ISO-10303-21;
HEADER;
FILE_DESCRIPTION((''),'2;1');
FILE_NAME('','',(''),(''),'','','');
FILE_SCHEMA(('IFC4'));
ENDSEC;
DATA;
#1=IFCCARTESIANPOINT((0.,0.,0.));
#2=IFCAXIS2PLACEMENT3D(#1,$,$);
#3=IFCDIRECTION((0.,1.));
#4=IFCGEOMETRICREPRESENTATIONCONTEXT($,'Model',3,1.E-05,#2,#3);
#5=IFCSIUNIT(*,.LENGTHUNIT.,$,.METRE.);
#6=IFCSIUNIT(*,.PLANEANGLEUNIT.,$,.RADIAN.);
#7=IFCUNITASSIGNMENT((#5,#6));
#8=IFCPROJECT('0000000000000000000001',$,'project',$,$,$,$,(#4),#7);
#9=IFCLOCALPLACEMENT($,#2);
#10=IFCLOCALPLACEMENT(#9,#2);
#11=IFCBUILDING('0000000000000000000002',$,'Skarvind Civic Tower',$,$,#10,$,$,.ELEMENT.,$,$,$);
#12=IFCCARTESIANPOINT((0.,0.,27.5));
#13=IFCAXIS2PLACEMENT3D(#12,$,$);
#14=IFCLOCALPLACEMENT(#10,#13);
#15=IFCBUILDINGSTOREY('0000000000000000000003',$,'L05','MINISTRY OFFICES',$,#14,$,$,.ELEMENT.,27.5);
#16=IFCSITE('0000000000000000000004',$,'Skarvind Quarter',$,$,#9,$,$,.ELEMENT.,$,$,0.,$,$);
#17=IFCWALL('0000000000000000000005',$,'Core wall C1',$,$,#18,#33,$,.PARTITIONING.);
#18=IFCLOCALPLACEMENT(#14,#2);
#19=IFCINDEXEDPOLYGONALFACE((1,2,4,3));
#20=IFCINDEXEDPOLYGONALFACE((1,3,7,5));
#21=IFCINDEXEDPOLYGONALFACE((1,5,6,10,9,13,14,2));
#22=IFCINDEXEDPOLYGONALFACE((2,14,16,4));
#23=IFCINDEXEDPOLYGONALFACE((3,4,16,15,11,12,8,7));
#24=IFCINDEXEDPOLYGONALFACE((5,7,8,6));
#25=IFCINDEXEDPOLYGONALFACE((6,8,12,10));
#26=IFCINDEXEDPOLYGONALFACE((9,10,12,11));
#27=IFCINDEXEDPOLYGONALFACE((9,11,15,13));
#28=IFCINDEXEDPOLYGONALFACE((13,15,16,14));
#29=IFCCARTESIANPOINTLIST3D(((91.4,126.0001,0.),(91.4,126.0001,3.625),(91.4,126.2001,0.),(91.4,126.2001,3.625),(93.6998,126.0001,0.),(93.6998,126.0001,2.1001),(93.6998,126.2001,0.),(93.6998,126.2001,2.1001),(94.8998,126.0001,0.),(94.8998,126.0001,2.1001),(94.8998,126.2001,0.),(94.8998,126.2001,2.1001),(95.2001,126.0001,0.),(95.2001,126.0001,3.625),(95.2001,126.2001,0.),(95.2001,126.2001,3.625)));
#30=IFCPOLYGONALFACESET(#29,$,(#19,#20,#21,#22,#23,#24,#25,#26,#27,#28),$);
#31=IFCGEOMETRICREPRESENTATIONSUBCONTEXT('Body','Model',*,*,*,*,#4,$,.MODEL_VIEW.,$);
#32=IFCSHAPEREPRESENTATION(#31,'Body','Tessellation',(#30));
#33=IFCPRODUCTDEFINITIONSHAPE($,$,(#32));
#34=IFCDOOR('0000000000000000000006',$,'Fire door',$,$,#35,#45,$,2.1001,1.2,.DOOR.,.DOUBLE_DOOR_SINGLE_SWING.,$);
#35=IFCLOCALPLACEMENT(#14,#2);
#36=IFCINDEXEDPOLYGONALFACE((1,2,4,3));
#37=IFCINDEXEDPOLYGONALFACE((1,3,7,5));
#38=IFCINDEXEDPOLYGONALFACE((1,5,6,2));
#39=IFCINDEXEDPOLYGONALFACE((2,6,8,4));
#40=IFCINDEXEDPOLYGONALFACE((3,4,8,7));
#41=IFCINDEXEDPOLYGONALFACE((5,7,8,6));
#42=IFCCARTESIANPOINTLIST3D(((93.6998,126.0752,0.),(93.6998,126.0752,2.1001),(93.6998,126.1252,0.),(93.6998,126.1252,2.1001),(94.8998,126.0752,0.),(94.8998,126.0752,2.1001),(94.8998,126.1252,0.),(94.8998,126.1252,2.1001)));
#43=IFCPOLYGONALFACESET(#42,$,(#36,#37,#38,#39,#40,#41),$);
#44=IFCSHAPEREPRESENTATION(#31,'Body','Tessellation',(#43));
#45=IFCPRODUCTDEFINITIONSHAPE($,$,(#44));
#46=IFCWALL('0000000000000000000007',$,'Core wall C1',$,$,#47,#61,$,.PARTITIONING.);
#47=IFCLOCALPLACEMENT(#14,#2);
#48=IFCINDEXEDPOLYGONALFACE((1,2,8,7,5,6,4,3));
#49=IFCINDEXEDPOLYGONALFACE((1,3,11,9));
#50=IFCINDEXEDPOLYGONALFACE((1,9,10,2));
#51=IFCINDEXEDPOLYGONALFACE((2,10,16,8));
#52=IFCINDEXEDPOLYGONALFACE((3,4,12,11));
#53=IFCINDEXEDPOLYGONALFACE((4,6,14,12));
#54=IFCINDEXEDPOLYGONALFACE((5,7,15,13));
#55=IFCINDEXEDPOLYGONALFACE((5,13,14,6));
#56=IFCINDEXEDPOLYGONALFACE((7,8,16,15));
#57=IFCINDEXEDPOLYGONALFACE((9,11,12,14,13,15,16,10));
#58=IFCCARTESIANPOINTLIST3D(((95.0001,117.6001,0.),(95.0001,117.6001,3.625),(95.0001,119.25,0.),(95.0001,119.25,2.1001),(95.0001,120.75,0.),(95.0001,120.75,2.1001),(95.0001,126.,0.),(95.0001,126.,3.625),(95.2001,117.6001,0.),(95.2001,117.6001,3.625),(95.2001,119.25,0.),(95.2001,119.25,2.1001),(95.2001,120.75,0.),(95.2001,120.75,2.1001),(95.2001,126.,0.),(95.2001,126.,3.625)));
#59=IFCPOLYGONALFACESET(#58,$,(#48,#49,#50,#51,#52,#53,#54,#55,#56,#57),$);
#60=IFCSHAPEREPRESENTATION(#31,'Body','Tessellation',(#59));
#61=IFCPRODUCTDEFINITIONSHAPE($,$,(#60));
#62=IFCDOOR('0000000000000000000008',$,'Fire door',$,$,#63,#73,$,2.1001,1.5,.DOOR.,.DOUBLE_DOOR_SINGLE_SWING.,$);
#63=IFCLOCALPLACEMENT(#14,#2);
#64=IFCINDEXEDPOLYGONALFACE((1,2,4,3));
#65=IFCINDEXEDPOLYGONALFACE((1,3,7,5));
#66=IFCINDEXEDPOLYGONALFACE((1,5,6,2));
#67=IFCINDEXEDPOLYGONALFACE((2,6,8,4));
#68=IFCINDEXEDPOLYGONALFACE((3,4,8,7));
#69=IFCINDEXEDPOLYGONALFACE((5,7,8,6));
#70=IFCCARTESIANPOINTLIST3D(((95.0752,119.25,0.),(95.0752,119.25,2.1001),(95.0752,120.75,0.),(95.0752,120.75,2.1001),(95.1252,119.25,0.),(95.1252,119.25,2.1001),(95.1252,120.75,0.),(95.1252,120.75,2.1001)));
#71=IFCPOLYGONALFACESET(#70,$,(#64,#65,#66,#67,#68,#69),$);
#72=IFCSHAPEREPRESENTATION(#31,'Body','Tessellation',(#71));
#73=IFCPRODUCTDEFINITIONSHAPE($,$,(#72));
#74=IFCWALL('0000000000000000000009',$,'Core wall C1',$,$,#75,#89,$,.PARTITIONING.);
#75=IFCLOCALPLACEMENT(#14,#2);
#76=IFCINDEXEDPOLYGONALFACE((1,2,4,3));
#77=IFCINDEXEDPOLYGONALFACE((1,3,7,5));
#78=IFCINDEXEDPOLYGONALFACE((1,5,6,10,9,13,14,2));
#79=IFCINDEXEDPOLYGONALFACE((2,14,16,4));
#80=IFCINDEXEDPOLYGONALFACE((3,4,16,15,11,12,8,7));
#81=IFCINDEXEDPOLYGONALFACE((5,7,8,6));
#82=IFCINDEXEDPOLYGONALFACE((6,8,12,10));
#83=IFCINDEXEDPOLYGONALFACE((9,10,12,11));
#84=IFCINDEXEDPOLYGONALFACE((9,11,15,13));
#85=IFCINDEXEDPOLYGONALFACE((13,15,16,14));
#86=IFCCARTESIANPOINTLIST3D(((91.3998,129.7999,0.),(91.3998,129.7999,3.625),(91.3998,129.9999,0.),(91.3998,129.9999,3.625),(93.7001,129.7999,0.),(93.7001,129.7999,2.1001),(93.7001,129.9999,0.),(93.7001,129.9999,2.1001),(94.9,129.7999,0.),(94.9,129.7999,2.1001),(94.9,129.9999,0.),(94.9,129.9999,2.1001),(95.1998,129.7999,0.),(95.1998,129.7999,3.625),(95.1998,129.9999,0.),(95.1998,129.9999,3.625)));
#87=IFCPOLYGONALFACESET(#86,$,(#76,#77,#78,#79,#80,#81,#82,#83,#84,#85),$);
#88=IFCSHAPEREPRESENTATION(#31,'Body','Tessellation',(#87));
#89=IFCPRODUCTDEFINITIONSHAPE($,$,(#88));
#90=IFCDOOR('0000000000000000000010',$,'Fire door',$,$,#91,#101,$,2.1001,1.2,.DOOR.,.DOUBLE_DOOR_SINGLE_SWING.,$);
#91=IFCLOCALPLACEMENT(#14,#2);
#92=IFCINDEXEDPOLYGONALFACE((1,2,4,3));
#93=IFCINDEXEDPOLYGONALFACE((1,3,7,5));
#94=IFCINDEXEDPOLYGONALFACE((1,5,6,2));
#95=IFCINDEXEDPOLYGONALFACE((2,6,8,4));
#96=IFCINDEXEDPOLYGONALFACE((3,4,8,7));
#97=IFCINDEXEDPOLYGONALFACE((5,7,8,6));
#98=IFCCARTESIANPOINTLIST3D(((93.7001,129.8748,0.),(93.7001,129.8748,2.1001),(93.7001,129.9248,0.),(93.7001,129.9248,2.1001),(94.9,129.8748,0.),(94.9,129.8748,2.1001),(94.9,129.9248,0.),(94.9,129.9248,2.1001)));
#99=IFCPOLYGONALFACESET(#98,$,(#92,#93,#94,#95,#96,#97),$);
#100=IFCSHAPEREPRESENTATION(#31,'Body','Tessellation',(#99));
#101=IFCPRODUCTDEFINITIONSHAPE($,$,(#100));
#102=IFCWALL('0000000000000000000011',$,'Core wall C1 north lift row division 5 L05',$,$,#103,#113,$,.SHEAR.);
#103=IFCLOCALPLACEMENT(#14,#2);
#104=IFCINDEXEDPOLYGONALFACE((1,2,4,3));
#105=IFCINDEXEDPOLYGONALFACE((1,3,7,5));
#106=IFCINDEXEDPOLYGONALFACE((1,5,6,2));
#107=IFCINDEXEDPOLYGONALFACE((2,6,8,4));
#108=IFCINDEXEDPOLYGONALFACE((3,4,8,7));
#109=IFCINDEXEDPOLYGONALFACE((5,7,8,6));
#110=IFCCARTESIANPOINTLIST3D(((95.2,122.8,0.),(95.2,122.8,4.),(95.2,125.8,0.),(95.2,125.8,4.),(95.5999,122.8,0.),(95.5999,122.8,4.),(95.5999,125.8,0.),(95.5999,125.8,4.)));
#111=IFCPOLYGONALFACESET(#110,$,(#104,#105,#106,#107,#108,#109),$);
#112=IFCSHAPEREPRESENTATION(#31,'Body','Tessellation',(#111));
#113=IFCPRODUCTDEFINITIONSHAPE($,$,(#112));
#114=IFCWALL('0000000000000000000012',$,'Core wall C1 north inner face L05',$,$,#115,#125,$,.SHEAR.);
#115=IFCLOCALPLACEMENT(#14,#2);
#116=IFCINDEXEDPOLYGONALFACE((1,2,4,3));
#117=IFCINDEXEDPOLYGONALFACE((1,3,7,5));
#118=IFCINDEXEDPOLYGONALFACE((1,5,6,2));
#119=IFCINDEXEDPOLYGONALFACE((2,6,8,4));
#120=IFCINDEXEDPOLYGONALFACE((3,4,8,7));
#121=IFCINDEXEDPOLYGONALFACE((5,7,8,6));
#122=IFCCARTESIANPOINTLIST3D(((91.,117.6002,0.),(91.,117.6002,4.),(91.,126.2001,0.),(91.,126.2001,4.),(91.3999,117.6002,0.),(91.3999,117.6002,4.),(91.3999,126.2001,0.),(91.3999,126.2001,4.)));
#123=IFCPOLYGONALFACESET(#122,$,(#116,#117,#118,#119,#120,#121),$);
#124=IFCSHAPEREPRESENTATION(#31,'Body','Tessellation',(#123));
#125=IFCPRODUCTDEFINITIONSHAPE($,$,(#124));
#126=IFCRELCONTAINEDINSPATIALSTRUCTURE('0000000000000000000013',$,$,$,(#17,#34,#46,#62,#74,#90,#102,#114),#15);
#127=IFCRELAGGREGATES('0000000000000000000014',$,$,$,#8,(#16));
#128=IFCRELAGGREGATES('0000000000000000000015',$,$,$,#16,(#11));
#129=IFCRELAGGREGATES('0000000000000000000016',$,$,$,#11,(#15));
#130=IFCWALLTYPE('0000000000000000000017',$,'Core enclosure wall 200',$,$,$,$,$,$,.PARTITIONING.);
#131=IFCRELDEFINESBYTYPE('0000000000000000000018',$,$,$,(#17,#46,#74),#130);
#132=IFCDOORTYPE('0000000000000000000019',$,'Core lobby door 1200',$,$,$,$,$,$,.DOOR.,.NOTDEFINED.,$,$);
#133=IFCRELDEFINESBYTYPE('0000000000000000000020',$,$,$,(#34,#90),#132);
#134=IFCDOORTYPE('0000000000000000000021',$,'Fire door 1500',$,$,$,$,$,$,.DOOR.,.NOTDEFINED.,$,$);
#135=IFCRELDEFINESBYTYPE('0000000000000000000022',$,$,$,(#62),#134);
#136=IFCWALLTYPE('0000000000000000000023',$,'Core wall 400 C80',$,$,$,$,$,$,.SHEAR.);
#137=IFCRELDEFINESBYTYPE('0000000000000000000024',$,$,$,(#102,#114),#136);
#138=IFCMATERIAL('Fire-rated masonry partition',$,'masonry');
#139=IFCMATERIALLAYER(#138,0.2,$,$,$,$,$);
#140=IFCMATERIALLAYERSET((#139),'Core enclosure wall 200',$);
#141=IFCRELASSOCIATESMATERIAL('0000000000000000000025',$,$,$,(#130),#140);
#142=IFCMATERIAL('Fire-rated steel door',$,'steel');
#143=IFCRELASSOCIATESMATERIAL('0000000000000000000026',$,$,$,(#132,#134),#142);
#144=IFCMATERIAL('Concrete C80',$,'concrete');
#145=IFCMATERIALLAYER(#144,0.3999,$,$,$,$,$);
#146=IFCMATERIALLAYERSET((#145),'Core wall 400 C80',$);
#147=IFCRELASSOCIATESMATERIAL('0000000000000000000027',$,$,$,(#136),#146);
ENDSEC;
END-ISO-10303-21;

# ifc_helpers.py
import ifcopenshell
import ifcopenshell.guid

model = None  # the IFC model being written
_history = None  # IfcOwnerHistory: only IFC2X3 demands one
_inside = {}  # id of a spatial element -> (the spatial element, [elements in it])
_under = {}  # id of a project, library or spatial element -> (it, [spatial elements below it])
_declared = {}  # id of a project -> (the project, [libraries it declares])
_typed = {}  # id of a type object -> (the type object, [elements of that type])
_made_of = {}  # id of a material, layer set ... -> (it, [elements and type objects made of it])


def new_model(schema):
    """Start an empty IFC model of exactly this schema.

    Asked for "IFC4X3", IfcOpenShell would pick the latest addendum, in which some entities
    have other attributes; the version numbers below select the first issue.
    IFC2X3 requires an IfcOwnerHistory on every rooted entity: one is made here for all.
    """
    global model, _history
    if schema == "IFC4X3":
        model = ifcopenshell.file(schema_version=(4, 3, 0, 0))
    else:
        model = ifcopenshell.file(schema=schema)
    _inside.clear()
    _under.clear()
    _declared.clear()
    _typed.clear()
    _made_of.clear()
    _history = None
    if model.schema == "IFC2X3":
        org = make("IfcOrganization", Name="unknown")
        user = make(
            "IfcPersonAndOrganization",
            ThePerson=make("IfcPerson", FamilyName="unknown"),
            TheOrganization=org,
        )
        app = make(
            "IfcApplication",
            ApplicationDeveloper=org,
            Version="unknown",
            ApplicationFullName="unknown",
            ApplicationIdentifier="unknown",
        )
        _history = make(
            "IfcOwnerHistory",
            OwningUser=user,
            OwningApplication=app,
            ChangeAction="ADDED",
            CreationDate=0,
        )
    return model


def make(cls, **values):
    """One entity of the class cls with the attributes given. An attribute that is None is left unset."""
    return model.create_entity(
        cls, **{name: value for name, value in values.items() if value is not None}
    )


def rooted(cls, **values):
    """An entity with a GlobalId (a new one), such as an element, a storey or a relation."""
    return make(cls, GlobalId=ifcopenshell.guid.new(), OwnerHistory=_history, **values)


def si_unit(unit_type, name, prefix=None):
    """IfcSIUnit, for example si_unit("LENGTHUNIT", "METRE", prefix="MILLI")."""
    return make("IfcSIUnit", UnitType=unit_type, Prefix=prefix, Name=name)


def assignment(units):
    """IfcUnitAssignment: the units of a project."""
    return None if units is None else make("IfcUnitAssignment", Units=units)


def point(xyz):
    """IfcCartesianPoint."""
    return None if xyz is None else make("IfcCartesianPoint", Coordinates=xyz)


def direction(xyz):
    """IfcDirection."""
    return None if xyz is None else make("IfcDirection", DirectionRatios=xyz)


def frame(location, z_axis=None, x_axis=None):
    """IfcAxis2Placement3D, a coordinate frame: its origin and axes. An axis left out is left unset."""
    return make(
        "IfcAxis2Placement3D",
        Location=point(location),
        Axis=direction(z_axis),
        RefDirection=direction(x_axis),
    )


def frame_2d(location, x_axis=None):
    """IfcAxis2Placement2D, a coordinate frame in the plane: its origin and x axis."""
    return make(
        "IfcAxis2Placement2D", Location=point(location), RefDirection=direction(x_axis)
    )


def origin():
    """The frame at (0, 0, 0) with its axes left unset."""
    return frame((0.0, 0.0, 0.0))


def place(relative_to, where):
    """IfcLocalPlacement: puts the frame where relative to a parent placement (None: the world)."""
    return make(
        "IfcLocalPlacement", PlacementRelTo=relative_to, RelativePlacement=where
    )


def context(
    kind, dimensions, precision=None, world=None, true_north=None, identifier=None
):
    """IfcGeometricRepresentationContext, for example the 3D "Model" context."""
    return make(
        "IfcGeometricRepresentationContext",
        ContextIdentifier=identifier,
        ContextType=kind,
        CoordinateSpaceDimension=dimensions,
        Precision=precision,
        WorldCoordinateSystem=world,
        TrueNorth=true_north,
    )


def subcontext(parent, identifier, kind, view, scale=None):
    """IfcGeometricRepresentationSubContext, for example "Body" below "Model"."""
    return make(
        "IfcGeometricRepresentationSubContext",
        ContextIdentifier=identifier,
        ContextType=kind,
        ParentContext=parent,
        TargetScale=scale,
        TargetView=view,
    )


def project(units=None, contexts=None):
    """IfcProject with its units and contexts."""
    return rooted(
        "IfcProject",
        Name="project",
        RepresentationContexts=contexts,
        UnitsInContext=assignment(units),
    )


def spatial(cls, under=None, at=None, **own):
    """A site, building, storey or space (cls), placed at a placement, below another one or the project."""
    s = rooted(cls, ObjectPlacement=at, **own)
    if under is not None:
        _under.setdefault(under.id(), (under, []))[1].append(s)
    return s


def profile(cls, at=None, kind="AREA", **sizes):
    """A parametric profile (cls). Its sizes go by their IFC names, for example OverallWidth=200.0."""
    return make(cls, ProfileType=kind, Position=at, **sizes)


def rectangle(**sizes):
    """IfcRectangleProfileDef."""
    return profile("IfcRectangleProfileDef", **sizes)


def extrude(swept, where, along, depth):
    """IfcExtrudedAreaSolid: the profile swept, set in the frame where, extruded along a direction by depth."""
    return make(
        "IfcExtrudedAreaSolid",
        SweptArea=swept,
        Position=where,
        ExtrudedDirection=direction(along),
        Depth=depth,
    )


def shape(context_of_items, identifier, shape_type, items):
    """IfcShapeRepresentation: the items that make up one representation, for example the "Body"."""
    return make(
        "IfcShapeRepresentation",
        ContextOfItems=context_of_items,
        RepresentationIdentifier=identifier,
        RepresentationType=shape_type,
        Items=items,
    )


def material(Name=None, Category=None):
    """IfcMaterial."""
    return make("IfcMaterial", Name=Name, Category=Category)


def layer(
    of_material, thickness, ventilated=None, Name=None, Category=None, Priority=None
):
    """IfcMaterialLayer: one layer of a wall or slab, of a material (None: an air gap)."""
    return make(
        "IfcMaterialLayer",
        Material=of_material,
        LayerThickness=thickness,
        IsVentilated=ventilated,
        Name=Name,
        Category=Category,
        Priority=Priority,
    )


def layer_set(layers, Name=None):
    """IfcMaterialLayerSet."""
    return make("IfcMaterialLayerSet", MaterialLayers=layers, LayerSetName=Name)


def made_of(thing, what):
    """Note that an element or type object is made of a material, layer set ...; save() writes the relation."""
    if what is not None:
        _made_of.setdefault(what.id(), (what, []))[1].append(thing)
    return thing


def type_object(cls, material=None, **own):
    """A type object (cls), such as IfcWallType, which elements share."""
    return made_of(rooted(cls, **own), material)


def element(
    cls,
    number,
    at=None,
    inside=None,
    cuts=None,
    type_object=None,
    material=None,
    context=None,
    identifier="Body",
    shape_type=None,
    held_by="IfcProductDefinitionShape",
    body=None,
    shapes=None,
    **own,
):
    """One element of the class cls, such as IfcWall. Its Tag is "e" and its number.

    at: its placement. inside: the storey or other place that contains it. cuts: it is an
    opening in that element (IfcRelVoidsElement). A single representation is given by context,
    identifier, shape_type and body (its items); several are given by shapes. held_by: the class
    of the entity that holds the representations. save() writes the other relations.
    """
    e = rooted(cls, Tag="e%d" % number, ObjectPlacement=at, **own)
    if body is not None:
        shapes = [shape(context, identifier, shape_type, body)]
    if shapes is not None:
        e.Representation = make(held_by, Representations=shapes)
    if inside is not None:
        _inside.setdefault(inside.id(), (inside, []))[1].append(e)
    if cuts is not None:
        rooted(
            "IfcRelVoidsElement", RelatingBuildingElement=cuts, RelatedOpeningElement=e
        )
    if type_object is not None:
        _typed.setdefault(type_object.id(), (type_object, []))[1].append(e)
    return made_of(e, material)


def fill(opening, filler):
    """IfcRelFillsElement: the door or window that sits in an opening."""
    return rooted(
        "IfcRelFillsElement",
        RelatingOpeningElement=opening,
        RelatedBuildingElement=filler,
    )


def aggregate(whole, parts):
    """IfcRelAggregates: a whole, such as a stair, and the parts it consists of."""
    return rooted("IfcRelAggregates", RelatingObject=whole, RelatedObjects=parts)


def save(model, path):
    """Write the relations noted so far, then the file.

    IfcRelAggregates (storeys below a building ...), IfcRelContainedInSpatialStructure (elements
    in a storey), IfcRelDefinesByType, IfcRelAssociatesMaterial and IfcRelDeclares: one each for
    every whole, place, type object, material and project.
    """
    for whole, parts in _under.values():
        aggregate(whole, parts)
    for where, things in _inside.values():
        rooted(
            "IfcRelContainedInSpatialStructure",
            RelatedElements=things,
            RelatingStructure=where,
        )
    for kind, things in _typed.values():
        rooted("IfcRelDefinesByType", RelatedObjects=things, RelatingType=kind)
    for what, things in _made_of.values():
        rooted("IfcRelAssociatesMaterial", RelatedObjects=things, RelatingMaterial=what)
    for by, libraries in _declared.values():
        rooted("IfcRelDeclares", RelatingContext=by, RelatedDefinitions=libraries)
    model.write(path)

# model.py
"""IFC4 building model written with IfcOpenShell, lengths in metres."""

from ifc_helpers import new_model, si_unit, direction, frame, frame_2d, origin, place, context, subcontext, project, spatial, rectangle, extrude, material, layer, layer_set, type_object, element, fill, save


model = new_model("IFC4")

# Units and contexts
model_context = context("Model", 3, precision=1e-05, world=origin(), true_north=direction((0.0, 1.0)))
body_context = subcontext(model_context, "Body", "Model", "MODEL_VIEW")
ifc_project = project(units=[si_unit("LENGTHUNIT", "METRE"), si_unit("PLANEANGLEUNIT", "RADIAN")], contexts=[model_context])

# Site, building, storey
site_placement = place(None, origin())
site = spatial("IfcSite", under=ifc_project, at=site_placement, Name="Skarvind Quarter", CompositionType="ELEMENT", RefElevation=0.0)
building_placement = place(site_placement, origin())
building = spatial("IfcBuilding", under=site, at=building_placement, Name="Skarvind Civic Tower", CompositionType="ELEMENT")
storey_placement = place(building_placement, frame((0.0, 0.0, 27.5)))
storey = spatial("IfcBuildingStorey", under=building, at=storey_placement, Name="L05", Description="MINISTRY OFFICES", CompositionType="ELEMENT", Elevation=27.5)

# Walls, openings, doors
ifc_material_1 = material(Name="Fire-rated masonry partition", Category="masonry")
ifc_layer_1 = layer(ifc_material_1, 0.2)
ifc_layer_set_1 = layer_set([ifc_layer_1], Name="Core enclosure wall 200")
wall_type_1 = type_object("IfcWallType", Name="Core enclosure wall 200", PredefinedType="PARTITIONING", material=ifc_layer_set_1)
wall_1_placement = place(storey_placement, frame((95.2, 126.1001, 0.0), z_axis=(0.0, 0.0, 1.0), x_axis=(-1.0, 0.0, 0.0)))
wall_1 = element("IfcWall", 1, at=wall_1_placement, inside=storey, type_object=wall_type_1, Name="Core wall C1", PredefinedType="PARTITIONING", context=body_context, shape_type="SweptSolid", body=[
    extrude(rectangle(XDim=3.8, YDim=0.2, at=frame_2d((1.8999, 0.0))), origin(), (0.0, 0.0, 1.0), 3.625),
])
opening_1_placement = place(wall_1_placement, frame((0.3, 0.0, 0.0)))
opening_1 = element("IfcOpeningElement", 2, at=opening_1_placement, cuts=wall_1, PredefinedType="OPENING", context=body_context, shape_type="SweptSolid", body=[
    extrude(rectangle(XDim=1.2, YDim=2.1001, at=frame_2d((0.6001, 1.05))), frame((0.0, 0.1099, 0.0), z_axis=(0.0, -1.0, 0.0), x_axis=(1.0, 0.0, 0.0)), (0.0, 0.0, 1.0), 0.22),
])
ifc_material_2 = material(Name="Fire-rated steel door", Category="steel")
door_type_1 = type_object("IfcDoorType", Name="Core lobby door 1200", OperationType="NOTDEFINED", PredefinedType="DOOR", material=ifc_material_2)
door_1_placement = place(opening_1_placement, origin())
door_1 = element("IfcDoor", 3, at=door_1_placement, inside=storey, type_object=door_type_1, Name="Fire door", OperationType="DOUBLE_DOOR_SINGLE_SWING", OverallHeight=2.1001, OverallWidth=1.2, PredefinedType="DOOR", context=body_context, shape_type="SweptSolid", body=[
    extrude(rectangle(XDim=1.2, YDim=2.1001, at=frame_2d((0.6001, 1.05))), frame((0.0, 0.0249, 0.0), z_axis=(0.0, -1.0, 0.0), x_axis=(1.0, 0.0, 0.0)), (0.0, 0.0, 1.0), 0.05),
])
fill(opening_1, door_1)
wall_2_placement = place(storey_placement, frame((95.1001, 117.6001, 0.0), z_axis=(0.0, 0.0, 1.0), x_axis=(0.0, 1.0, 0.0)))
wall_2 = element("IfcWall", 4, at=wall_2_placement, inside=storey, type_object=wall_type_1, Name="Core wall C1", PredefinedType="PARTITIONING", context=body_context, shape_type="SweptSolid", body=[
    extrude(rectangle(XDim=8.3999, YDim=0.2, at=frame_2d((4.2, 0.0))), origin(), (0.0, 0.0, 1.0), 3.625),
])
opening_2_placement = place(wall_2_placement, frame((1.6499, 0.0, 0.0)))
opening_2 = element("IfcOpeningElement", 5, at=opening_2_placement, cuts=wall_2, PredefinedType="OPENING", context=body_context, shape_type="SweptSolid", body=[
    extrude(rectangle(XDim=1.5, YDim=2.1001, at=frame_2d((0.75, 1.05))), frame((0.0, 0.1099, 0.0), z_axis=(0.0, -1.0, 0.0), x_axis=(1.0, 0.0, 0.0)), (0.0, 0.0, 1.0), 0.22),
])
door_type_2 = type_object("IfcDoorType", Name="Fire door 1500", OperationType="NOTDEFINED", PredefinedType="DOOR", material=ifc_material_2)
door_2_placement = place(opening_2_placement, origin())
door_2 = element("IfcDoor", 6, at=door_2_placement, inside=storey, type_object=door_type_2, Name="Fire door", OperationType="DOUBLE_DOOR_SINGLE_SWING", OverallHeight=2.1001, OverallWidth=1.5, PredefinedType="DOOR", context=body_context, shape_type="SweptSolid", body=[
    extrude(rectangle(XDim=1.5, YDim=2.1001, at=frame_2d((0.75, 1.05))), frame((0.0, 0.0249, 0.0), z_axis=(0.0, -1.0, 0.0), x_axis=(1.0, 0.0, 0.0)), (0.0, 0.0, 1.0), 0.05),
])
fill(opening_2, door_2)
wall_3_placement = place(storey_placement, frame((91.3999, 129.8999, 0.0), z_axis=(0.0, 0.0, 1.0), x_axis=(1.0, 0.0, 0.0)))
wall_3 = element("IfcWall", 7, at=wall_3_placement, inside=storey, type_object=wall_type_1, Name="Core wall C1", PredefinedType="PARTITIONING", context=body_context, shape_type="SweptSolid", body=[
    extrude(rectangle(XDim=3.8, YDim=0.2, at=frame_2d((1.8999, 0.0))), origin(), (0.0, 0.0, 1.0), 3.625),
])
opening_3_placement = place(wall_3_placement, frame((2.3, 0.0, 0.0)))
opening_3 = element("IfcOpeningElement", 8, at=opening_3_placement, cuts=wall_3, PredefinedType="OPENING", context=body_context, shape_type="SweptSolid", body=[
    extrude(rectangle(XDim=1.2, YDim=2.1001, at=frame_2d((0.6001, 1.05))), frame((0.0, 0.1099, 0.0), z_axis=(0.0, -1.0, 0.0), x_axis=(1.0, 0.0, 0.0)), (0.0, 0.0, 1.0), 0.22),
])
door_3_placement = place(opening_3_placement, origin())
door_3 = element("IfcDoor", 9, at=door_3_placement, inside=storey, type_object=door_type_1, Name="Fire door", OperationType="DOUBLE_DOOR_SINGLE_SWING", OverallHeight=2.1001, OverallWidth=1.2, PredefinedType="DOOR", context=body_context, shape_type="SweptSolid", body=[
    extrude(rectangle(XDim=1.2, YDim=2.1001, at=frame_2d((0.6001, 1.05))), frame((0.0, 0.0249, 0.0), z_axis=(0.0, -1.0, 0.0), x_axis=(1.0, 0.0, 0.0)), (0.0, 0.0, 1.0), 0.05),
])
fill(opening_3, door_3)

# Walls
ifc_material_3 = material(Name="Concrete C80", Category="concrete")
ifc_layer_2 = layer(ifc_material_3, 0.3999)
ifc_layer_set_2 = layer_set([ifc_layer_2], Name="Core wall 400 C80")
wall_type_2 = type_object("IfcWallType", Name="Core wall 400 C80", PredefinedType="SHEAR", material=ifc_layer_set_2)
wall_4_placement = place(storey_placement, frame((95.3999, 125.8, 0.0), z_axis=(0.0, 0.0, 1.0), x_axis=(0.0, -1.0, 0.0)))
element("IfcWall", 10, at=wall_4_placement, inside=storey, type_object=wall_type_2, Name="Core wall C1 north lift row division 5 L05", PredefinedType="SHEAR", context=body_context, shape_type="SweptSolid", body=[
    extrude(rectangle(XDim=3.0, YDim=0.3999, at=frame_2d((1.5, 0.0))), origin(), (0.0, 0.0, 1.0), 4.0),
])
wall_5_placement = place(storey_placement, frame((91.2, 126.2, 0.0), z_axis=(0.0, 0.0, 1.0), x_axis=(0.0, -1.0, 0.0)))
element("IfcWall", 11, at=wall_5_placement, inside=storey, type_object=wall_type_2, Name="Core wall C1 north inner face L05", PredefinedType="SHEAR", context=body_context, shape_type="SweptSolid", body=[
    extrude(rectangle(XDim=8.5999, YDim=0.3999, at=frame_2d((4.2998, 0.0))), origin(), (0.0, 0.0, 1.0), 4.0),
])

save(model, "model.ifc")
